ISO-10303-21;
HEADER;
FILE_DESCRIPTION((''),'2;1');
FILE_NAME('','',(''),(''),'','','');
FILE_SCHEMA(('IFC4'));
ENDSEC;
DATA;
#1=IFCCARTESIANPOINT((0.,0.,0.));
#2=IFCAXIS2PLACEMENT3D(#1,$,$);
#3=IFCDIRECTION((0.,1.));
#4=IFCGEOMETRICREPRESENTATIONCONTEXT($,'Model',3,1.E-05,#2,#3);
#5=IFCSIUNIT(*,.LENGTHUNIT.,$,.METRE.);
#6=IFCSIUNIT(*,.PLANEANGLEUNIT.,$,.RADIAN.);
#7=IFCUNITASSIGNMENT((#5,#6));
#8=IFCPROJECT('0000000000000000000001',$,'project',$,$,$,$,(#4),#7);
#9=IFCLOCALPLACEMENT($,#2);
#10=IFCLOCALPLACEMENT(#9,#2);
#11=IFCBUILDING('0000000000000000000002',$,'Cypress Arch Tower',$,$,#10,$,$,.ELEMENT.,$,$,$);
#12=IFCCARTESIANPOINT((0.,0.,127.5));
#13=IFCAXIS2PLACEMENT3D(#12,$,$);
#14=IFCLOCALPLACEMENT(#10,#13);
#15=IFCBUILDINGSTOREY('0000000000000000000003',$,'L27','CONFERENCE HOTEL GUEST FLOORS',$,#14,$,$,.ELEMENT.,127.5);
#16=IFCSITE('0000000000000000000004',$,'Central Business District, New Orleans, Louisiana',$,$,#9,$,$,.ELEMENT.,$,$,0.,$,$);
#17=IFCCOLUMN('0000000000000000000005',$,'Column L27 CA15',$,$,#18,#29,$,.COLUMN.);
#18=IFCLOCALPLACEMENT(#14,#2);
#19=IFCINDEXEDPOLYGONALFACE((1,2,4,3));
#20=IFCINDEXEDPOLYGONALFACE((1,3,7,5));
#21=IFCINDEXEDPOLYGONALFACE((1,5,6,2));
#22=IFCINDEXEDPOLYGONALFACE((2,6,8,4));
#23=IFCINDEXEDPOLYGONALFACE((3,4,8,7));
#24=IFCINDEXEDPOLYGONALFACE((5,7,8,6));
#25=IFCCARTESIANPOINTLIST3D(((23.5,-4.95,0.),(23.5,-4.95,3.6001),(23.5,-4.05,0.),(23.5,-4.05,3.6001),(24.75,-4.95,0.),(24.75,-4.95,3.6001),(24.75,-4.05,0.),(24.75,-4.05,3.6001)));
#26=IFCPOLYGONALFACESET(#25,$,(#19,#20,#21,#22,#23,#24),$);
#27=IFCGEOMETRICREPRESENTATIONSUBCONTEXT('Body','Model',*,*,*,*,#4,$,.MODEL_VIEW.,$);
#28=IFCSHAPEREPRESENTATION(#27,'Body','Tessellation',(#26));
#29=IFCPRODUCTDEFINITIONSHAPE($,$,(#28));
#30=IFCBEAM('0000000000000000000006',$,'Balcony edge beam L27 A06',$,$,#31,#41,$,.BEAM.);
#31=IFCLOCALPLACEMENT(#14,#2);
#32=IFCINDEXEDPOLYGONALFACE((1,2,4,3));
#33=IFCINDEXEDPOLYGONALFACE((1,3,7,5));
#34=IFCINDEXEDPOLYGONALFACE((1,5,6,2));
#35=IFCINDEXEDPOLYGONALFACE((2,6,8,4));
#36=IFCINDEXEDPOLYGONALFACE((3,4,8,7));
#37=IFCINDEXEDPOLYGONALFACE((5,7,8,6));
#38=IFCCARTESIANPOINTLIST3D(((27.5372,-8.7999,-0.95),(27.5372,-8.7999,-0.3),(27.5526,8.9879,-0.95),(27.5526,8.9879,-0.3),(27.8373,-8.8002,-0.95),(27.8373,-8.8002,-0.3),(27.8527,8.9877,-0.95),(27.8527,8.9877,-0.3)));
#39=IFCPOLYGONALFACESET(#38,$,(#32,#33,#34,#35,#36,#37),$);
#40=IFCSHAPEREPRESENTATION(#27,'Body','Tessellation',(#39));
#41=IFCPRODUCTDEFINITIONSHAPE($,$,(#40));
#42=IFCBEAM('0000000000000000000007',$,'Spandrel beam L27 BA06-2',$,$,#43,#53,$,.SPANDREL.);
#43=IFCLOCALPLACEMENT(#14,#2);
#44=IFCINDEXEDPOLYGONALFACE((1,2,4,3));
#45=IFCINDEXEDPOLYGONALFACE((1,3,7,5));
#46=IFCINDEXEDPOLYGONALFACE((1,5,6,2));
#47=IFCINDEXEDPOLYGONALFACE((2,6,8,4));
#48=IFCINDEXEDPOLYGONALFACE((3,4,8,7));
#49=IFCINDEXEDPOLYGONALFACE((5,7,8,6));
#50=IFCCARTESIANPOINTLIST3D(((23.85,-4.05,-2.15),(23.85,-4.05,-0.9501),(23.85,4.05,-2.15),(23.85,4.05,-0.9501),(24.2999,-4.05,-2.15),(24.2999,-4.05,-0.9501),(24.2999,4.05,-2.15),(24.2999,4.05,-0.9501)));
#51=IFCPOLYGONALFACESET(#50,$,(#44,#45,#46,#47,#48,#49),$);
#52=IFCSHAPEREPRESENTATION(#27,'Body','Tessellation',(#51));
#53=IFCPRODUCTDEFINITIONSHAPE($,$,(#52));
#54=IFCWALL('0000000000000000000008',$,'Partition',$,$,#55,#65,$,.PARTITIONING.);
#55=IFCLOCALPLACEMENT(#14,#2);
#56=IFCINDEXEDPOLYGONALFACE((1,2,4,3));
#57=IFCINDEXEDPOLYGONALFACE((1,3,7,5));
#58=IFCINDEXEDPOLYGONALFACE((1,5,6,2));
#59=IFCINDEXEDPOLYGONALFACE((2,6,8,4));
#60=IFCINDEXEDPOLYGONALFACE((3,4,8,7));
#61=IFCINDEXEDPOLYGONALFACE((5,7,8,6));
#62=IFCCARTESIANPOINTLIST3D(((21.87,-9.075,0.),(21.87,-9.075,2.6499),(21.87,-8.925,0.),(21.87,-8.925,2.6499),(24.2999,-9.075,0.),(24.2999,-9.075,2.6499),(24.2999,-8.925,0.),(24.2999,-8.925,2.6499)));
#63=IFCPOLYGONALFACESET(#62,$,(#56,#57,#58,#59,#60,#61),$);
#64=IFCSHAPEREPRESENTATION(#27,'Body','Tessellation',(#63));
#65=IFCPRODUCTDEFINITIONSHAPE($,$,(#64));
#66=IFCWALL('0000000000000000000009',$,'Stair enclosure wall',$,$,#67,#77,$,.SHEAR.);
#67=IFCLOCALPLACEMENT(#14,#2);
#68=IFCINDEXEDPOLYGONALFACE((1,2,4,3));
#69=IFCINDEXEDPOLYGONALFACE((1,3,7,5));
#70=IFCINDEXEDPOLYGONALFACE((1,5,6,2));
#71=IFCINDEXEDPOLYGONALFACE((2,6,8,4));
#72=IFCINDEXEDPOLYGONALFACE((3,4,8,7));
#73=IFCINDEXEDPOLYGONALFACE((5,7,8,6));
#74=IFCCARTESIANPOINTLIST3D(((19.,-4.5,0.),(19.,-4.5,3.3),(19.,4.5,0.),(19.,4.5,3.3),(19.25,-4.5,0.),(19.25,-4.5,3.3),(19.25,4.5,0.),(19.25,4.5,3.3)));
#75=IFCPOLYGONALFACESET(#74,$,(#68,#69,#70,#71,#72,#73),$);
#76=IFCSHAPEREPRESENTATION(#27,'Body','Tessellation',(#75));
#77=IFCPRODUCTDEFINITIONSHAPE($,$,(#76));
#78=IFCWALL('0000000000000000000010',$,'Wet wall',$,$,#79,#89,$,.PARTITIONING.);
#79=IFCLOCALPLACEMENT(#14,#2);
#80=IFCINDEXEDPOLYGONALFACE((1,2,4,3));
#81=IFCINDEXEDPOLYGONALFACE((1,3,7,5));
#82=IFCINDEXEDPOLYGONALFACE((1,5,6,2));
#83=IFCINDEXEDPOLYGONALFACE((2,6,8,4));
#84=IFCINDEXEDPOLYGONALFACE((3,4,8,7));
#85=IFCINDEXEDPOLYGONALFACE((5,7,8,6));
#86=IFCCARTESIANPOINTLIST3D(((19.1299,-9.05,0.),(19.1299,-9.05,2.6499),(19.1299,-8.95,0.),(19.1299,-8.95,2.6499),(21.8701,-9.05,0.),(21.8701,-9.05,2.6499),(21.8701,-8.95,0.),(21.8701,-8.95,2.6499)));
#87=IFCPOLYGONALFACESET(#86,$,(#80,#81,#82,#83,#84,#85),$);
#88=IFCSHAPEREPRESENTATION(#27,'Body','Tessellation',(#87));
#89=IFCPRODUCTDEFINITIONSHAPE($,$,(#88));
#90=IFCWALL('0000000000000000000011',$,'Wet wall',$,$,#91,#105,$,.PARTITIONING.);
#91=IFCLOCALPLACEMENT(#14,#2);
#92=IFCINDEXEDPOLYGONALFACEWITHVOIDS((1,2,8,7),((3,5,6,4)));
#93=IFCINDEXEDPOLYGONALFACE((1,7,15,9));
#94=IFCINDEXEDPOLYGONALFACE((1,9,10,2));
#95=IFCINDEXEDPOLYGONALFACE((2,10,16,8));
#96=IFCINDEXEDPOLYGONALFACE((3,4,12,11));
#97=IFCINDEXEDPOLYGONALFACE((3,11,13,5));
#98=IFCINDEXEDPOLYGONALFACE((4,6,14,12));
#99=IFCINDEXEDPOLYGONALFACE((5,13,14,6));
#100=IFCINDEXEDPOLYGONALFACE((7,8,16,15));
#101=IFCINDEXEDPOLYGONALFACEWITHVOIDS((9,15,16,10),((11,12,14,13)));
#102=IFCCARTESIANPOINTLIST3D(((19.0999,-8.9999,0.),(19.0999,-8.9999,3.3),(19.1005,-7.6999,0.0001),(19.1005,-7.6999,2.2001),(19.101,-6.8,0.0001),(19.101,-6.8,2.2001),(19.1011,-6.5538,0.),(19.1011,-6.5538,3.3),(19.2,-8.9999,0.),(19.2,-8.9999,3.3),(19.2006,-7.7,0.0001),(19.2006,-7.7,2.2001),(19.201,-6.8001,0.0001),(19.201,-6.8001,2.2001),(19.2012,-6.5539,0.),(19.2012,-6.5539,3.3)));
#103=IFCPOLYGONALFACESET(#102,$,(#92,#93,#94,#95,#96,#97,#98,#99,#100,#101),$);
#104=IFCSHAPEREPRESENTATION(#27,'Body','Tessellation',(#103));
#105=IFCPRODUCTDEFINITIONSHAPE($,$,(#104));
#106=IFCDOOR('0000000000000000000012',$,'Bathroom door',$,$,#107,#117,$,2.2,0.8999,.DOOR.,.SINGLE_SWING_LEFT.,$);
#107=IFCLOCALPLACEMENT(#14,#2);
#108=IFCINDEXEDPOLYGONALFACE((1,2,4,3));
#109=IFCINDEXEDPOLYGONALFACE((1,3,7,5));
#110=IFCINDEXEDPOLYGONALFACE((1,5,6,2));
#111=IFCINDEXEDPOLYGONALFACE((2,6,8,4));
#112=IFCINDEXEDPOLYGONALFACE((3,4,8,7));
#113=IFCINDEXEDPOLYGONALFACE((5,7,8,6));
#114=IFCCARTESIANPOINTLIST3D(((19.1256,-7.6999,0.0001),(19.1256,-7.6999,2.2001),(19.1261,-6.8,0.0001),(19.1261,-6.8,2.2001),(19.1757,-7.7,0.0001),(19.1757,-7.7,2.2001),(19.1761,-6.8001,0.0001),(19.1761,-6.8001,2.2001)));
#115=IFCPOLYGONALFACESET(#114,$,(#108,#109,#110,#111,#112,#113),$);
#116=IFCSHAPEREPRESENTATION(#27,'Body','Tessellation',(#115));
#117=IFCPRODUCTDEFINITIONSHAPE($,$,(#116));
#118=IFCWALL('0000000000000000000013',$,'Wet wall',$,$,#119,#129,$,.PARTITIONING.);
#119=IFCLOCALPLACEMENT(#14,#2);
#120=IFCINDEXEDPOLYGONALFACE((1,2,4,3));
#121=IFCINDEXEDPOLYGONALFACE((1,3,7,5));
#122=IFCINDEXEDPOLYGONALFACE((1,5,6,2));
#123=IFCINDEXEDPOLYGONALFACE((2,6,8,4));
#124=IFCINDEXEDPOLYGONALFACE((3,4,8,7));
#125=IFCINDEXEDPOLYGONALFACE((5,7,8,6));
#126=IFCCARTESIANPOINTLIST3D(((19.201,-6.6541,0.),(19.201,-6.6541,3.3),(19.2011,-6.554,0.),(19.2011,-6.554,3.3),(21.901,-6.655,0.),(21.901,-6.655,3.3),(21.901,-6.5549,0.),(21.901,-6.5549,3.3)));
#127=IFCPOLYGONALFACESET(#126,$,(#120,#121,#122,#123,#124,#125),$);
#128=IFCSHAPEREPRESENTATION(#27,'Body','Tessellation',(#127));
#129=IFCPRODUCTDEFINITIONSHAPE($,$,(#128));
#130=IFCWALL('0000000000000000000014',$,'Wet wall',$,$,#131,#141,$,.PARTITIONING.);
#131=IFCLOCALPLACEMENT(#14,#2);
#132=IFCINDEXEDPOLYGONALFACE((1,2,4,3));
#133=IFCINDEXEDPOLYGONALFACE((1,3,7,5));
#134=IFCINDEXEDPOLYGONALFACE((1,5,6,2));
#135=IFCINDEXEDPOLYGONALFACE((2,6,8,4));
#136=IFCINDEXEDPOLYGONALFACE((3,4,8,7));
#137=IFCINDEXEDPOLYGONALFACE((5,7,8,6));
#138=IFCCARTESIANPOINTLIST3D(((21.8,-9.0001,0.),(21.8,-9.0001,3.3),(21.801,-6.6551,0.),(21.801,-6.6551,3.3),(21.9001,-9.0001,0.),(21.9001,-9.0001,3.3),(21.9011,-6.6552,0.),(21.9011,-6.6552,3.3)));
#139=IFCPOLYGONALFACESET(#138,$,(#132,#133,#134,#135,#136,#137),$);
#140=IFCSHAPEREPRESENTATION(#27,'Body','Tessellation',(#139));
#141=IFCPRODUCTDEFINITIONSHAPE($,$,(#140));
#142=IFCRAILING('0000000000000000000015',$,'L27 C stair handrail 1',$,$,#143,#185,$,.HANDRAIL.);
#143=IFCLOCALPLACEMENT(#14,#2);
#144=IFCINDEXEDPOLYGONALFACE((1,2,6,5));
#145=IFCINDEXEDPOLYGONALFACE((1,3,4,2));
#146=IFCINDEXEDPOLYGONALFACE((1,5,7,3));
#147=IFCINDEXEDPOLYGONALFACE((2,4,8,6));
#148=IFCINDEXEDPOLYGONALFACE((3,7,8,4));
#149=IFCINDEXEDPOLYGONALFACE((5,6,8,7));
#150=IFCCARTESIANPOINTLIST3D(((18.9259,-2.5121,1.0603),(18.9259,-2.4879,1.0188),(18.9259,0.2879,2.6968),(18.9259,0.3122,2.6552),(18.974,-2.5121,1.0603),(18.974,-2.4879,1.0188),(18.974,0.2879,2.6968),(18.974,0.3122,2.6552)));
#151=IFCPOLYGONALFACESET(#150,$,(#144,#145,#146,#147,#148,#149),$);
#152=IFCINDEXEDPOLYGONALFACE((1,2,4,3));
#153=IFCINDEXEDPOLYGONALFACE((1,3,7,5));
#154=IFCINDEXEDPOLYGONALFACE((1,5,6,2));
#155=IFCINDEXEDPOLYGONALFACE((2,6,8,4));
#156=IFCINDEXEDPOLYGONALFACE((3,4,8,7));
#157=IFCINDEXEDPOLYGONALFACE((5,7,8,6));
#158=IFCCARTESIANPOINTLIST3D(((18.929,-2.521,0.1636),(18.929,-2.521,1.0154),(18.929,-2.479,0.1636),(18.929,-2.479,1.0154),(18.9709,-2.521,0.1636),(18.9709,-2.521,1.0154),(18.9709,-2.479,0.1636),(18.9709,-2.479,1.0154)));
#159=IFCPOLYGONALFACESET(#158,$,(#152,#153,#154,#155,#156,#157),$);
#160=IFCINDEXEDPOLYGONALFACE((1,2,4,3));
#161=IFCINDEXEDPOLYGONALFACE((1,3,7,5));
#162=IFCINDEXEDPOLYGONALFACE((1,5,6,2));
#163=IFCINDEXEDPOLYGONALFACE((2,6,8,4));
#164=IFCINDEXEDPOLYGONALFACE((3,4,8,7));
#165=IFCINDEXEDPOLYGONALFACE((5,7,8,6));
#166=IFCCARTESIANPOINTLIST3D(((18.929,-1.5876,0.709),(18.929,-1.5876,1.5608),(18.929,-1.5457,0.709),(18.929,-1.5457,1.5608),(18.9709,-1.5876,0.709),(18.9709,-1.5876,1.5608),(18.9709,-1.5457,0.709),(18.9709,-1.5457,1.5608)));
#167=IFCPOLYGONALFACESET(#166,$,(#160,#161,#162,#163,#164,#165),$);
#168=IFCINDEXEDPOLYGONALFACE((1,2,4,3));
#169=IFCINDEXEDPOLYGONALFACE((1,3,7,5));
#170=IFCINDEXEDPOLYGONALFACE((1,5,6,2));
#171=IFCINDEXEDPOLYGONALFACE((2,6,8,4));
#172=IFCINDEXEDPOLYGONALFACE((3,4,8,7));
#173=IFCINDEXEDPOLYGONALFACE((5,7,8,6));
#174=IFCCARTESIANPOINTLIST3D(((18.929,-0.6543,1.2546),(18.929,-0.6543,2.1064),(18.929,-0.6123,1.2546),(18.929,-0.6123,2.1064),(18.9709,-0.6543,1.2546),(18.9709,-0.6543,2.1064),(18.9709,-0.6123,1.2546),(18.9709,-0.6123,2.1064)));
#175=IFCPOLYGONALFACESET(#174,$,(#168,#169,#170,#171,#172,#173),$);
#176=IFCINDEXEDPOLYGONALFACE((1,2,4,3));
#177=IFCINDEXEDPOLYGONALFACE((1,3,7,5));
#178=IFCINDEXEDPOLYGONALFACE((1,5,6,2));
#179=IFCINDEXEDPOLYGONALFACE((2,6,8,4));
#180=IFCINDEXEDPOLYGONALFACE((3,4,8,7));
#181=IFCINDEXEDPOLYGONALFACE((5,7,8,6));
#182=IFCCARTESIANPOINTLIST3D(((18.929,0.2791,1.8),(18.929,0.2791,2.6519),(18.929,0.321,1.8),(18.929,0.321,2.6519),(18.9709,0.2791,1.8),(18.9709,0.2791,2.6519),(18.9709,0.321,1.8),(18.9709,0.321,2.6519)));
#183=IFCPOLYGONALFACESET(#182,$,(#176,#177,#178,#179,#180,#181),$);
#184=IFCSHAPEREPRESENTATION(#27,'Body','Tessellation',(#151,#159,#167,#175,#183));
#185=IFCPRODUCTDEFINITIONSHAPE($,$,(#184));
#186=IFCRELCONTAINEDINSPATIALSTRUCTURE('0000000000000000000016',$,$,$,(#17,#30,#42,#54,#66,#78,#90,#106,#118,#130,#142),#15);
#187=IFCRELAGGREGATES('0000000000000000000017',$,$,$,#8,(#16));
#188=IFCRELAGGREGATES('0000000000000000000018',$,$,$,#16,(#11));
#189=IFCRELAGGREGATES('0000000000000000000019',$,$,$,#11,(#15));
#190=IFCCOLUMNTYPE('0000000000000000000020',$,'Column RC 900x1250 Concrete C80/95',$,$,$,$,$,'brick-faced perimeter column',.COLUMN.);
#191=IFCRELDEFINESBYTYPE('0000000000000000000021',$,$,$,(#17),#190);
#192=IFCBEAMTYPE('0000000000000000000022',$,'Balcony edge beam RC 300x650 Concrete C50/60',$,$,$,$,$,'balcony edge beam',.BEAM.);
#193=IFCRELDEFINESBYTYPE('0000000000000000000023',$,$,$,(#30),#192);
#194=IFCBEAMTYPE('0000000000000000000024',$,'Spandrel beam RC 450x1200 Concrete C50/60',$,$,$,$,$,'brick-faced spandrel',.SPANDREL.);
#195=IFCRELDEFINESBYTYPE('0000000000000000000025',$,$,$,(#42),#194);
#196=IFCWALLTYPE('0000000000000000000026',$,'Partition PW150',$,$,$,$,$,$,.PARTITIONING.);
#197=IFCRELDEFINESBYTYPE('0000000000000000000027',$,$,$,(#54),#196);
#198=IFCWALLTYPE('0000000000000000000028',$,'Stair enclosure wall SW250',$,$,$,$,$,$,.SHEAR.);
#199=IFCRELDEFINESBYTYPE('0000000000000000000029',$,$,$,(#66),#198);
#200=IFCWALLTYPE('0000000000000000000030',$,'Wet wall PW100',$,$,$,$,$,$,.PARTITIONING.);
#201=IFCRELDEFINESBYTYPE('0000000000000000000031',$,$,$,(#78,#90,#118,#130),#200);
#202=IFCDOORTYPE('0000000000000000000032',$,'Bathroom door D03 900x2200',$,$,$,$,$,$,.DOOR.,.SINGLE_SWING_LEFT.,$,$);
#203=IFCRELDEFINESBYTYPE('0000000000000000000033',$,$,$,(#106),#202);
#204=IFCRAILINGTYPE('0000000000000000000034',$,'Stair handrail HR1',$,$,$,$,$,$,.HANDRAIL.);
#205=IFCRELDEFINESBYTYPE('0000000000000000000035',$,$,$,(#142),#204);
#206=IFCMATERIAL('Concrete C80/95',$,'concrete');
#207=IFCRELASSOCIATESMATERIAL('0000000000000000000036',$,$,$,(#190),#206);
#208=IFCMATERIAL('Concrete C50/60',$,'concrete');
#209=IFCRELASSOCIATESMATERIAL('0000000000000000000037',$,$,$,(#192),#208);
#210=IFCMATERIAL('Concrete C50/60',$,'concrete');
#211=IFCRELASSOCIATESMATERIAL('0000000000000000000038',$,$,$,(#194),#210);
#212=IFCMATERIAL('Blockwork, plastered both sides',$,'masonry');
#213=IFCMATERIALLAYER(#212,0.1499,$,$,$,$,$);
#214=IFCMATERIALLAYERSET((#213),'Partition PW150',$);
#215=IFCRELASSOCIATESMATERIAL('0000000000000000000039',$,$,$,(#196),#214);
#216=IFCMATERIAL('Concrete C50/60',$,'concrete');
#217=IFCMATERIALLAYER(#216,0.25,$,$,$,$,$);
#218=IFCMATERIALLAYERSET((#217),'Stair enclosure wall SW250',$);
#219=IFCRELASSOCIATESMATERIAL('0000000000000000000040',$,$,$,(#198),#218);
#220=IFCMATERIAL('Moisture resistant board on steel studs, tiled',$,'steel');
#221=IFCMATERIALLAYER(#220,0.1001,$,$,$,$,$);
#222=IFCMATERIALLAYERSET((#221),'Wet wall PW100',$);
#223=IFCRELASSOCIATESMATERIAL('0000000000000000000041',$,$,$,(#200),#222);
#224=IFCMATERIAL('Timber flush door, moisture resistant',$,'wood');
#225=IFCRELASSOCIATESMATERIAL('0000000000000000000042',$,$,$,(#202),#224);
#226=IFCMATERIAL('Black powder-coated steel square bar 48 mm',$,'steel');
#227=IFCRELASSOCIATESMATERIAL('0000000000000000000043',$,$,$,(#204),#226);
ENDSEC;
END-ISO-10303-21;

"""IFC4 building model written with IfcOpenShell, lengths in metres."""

from ifc_helpers import new_model, si_unit, direction, frame, frame_2d, origin, origin_2d, place, context, subcontext, project, spatial, rectangle, extrude, material, layer, layer_set, material_profile, profile_set, type_object, element, fill, save


model = new_model("IFC4")

# Units and contexts
model_context = context("Model", 3, precision=1e-05, world=origin(), true_north=direction((0.0, 1.0)))
body_context = subcontext(model_context, "Body", "Model", "MODEL_VIEW")
ifc_project = project(units=[si_unit("LENGTHUNIT", "METRE"), si_unit("PLANEANGLEUNIT", "RADIAN")], contexts=[model_context])

# Site, building, storey
site_placement = place(None, origin())
site = spatial("IfcSite", under=ifc_project, at=site_placement, Name="Central Business District, New Orleans, Louisiana", CompositionType="ELEMENT", RefElevation=0.0)
building_placement = place(site_placement, origin())
building = spatial("IfcBuilding", under=site, at=building_placement, Name="Cypress Arch Tower", CompositionType="ELEMENT")
storey_placement = place(building_placement, frame((0.0, 0.0, 127.5)))
storey = spatial("IfcBuildingStorey", under=building, at=storey_placement, Name="L27", Description="CONFERENCE HOTEL GUEST FLOORS", CompositionType="ELEMENT", Elevation=127.5)

# Column
ifc_material_1 = material(Name="Concrete C80/95", Category="concrete")
ifc_material_profile_1 = material_profile(ifc_material_1, rectangle(XDim=0.8999, YDim=1.25, at=origin_2d()), Name="RC 900x1250")
ifc_profile_set_1 = profile_set([ifc_material_profile_1], Name="Concrete C80/95")
column_type = type_object("IfcColumnType", Name="Column RC 900x1250 Concrete C80/95", ElementType="brick-faced perimeter column", PredefinedType="COLUMN", material=ifc_profile_set_1)
column_placement = place(storey_placement, frame((24.125, -4.5, 0.0), z_axis=(0.0, 0.0, 1.0), x_axis=(0.0, 1.0, 0.0)))
element("IfcColumn", 1, at=column_placement, inside=storey, type_object=column_type, Name="Column L27 CA15", PredefinedType="COLUMN", context=body_context, shape_type="SweptSolid", body=[
    extrude(rectangle(XDim=0.8999, YDim=1.25, at=origin_2d()), origin(), (0.0, 0.0, 1.0), 3.6001),
])

# Beams
ifc_material_2 = material(Name="Concrete C50/60", Category="concrete")
ifc_material_profile_2 = material_profile(ifc_material_2, rectangle(XDim=0.3, YDim=0.6499, at=origin_2d()), Name="RC 300x650")
ifc_profile_set_2 = profile_set([ifc_material_profile_2], Name="Concrete C50/60")
beam_type_1 = type_object("IfcBeamType", Name="Balcony edge beam RC 300x650 Concrete C50/60", ElementType="balcony edge beam", PredefinedType="BEAM", material=ifc_profile_set_2)
beam_1_placement = place(storey_placement, frame((27.6873, -8.8, -0.625), z_axis=(0.000865, 1.0, 0.0), x_axis=(-1.0, 0.000865, 0.0)))
element("IfcBeam", 2, at=beam_1_placement, inside=storey, type_object=beam_type_1, Name="Balcony edge beam L27 A06", PredefinedType="BEAM", context=body_context, shape_type="SweptSolid", body=[
    extrude(rectangle(XDim=0.3, YDim=0.6499, at=origin_2d()), origin(), (0.0, 0.0, 1.0), 17.7878),
])
ifc_material_3 = material(Name="Concrete C50/60", Category="concrete")
ifc_material_profile_3 = material_profile(ifc_material_3, rectangle(XDim=0.45, YDim=1.2, at=origin_2d()), Name="RC 450x1200")
ifc_profile_set_3 = profile_set([ifc_material_profile_3], Name="Concrete C50/60")
beam_type_2 = type_object("IfcBeamType", Name="Spandrel beam RC 450x1200 Concrete C50/60", ElementType="brick-faced spandrel", PredefinedType="SPANDREL", material=ifc_profile_set_3)
beam_2_placement = place(storey_placement, frame((24.075, -4.05, -1.55), z_axis=(0.0, 1.0, 0.0), x_axis=(-1.0, 0.0, 0.0)))
element("IfcBeam", 3, at=beam_2_placement, inside=storey, type_object=beam_type_2, Name="Spandrel beam L27 BA06-2", PredefinedType="SPANDREL", context=body_context, shape_type="SweptSolid", body=[
    extrude(rectangle(XDim=0.45, YDim=1.2, at=origin_2d()), origin(), (0.0, 0.0, 1.0), 8.1001),
])

# Walls
ifc_material_4 = material(Name="Blockwork, plastered both sides", Category="masonry")
ifc_layer_1 = layer(ifc_material_4, 0.1499)
ifc_layer_set_1 = layer_set([ifc_layer_1], Name="Partition PW150")
wall_type_1 = type_object("IfcWallType", Name="Partition PW150", PredefinedType="PARTITIONING", material=ifc_layer_set_1)
wall_1_placement = place(storey_placement, frame((21.8701, -9.0, 0.0), z_axis=(0.0, 0.0, 1.0), x_axis=(1.0, 0.0, 0.0)))
element("IfcWall", 4, at=wall_1_placement, inside=storey, type_object=wall_type_1, Name="Partition", PredefinedType="PARTITIONING", context=body_context, shape_type="SweptSolid", body=[
    extrude(rectangle(XDim=2.4299, YDim=0.1499, at=frame_2d((1.2148, 0.0))), origin(), (0.0, 0.0, 1.0), 2.6499),
])
ifc_material_5 = material(Name="Concrete C50/60", Category="concrete")
ifc_layer_2 = layer(ifc_material_5, 0.25)
ifc_layer_set_2 = layer_set([ifc_layer_2], Name="Stair enclosure wall SW250")
wall_type_2 = type_object("IfcWallType", Name="Stair enclosure wall SW250", PredefinedType="SHEAR", material=ifc_layer_set_2)
wall_2_placement = place(storey_placement, frame((19.125, -4.5, 0.0), z_axis=(0.0, 0.0, 1.0), x_axis=(0.0, 1.0, 0.0)))
element("IfcWall", 5, at=wall_2_placement, inside=storey, type_object=wall_type_2, Name="Stair enclosure wall", PredefinedType="SHEAR", context=body_context, shape_type="SweptSolid", body=[
    extrude(rectangle(XDim=9.0, YDim=0.25, at=frame_2d((4.5, 0.0))), origin(), (0.0, 0.0, 1.0), 3.3),
])
ifc_material_6 = material(Name="Moisture resistant board on steel studs, tiled", Category="steel")
ifc_layer_3 = layer(ifc_material_6, 0.1001)
ifc_layer_set_3 = layer_set([ifc_layer_3], Name="Wet wall PW100")
wall_type_3 = type_object("IfcWallType", Name="Wet wall PW100", PredefinedType="PARTITIONING", material=ifc_layer_set_3)
wall_3_placement = place(storey_placement, frame((19.1299, -9.0, 0.0), z_axis=(0.0, 0.0, 1.0), x_axis=(1.0, 0.0, 0.0)))
element("IfcWall", 6, at=wall_3_placement, inside=storey, type_object=wall_type_3, Name="Wet wall", PredefinedType="PARTITIONING", context=body_context, shape_type="SweptSolid", body=[
    extrude(rectangle(XDim=2.7402, YDim=0.1001, at=frame_2d((1.3701, 0.0))), origin(), (0.0, 0.0, 1.0), 2.6499),
])

# Wall, opening, door
wall_4_placement = place(storey_placement, frame((19.1499, -9.0, 0.0), z_axis=(0.0, 0.0, 1.0), x_axis=(0.000499, 1.0, 0.0)))
wall_4 = element("IfcWall", 7, at=wall_4_placement, inside=storey, type_object=wall_type_3, Name="Wet wall", PredefinedType="PARTITIONING", context=body_context, shape_type="SweptSolid", body=[
    extrude(rectangle(XDim=2.446, YDim=0.1001, at=frame_2d((1.2231, 0.0))), origin(), (0.0, 0.0, 1.0), 3.3),
])
opening_1_placement = place(wall_4_placement, frame((1.3, 0.0, 0.0)))
opening_1 = element("IfcOpeningElement", 8, at=opening_1_placement, cuts=wall_4, PredefinedType="OPENING", context=body_context, shape_type="SweptSolid", body=[
    extrude(rectangle(XDim=0.8999, YDim=2.2, at=frame_2d((0.45, 1.1001))), frame((0.0, 0.0601, 0.0), z_axis=(0.0, -1.0, 0.0), x_axis=(1.0, 0.0, 0.0)), (0.0, 0.0, 1.0), 0.1201),
])
ifc_material_7 = material(Name="Timber flush door, moisture resistant", Category="wood")
door_type_1 = type_object("IfcDoorType", Name="Bathroom door D03 900x2200", OperationType="SINGLE_SWING_LEFT", PredefinedType="DOOR", material=ifc_material_7)
door_1_placement = place(opening_1_placement, origin())
door_1 = element("IfcDoor", 9, at=door_1_placement, inside=storey, type_object=door_type_1, Name="Bathroom door", OperationType="SINGLE_SWING_LEFT", OverallHeight=2.2, OverallWidth=0.8999, PredefinedType="DOOR", context=body_context, shape_type="SweptSolid", body=[
    extrude(rectangle(XDim=0.8999, YDim=2.2, at=frame_2d((0.45, 1.1001))), frame((0.0, 0.0249, 0.0), z_axis=(0.0, -1.0, 0.0), x_axis=(1.0, 0.0, 0.0)), (0.0, 0.0, 1.0), 0.05),
])
fill(opening_1, door_1)

# Walls
wall_5_placement = place(storey_placement, frame((19.2009, -6.604, 0.0), z_axis=(0.0, 0.0, 1.0), x_axis=(1.0, -0.000362, 0.0)))
element("IfcWall", 10, at=wall_5_placement, inside=storey, type_object=wall_type_3, Name="Wet wall", PredefinedType="PARTITIONING", context=body_context, shape_type="SweptSolid", body=[
    extrude(rectangle(XDim=2.7, YDim=0.1001, at=frame_2d((1.3501, 0.0))), origin(), (0.0, 0.0, 1.0), 3.3),
])
wall_6_placement = place(storey_placement, frame((21.8501, -9.0, 0.0), z_axis=(0.0, 0.0, 1.0), x_axis=(0.000416, 1.0, 0.0)))
element("IfcWall", 11, at=wall_6_placement, inside=storey, type_object=wall_type_3, Name="Wet wall", PredefinedType="PARTITIONING", context=body_context, shape_type="SweptSolid", body=[
    extrude(rectangle(XDim=2.345, YDim=0.1001, at=frame_2d((1.1724, 0.0))), origin(), (0.0, 0.0, 1.0), 3.3),
])

# Railing
ifc_material_8 = material(Name="Black powder-coated steel square bar 48 mm", Category="steel")
railing_type_1 = type_object("IfcRailingType", Name="Stair handrail HR1", PredefinedType="HANDRAIL", material=ifc_material_8)
railing_1_placement = place(storey_placement, frame((18.95, -2.5, 0.1636)))
element("IfcRailing", 12, at=railing_1_placement, inside=storey, type_object=railing_type_1, Name="L27 C stair handrail 1", PredefinedType="HANDRAIL", context=body_context, shape_type="SweptSolid", body=[
    extrude(rectangle(XDim=0.0481, YDim=0.0481, at=origin_2d()), frame((0.0, 0.0, 0.876), z_axis=(0.0, 0.863361, 0.504587), x_axis=(-1.0, 0.0, 0.0)), (0.0, 0.0, 1.0), 3.2432),
    extrude(rectangle(XDim=0.042, YDim=0.042, at=origin_2d()), origin(), (0.0, 0.0, 1.0), 0.8518),
    extrude(rectangle(XDim=0.042, YDim=0.042, at=origin_2d()), frame((0.0, 0.9333, 0.5454)), (0.0, 0.0, 1.0), 0.8518),
    extrude(rectangle(XDim=0.042, YDim=0.042, at=origin_2d()), frame((0.0, 1.8667, 1.0911)), (0.0, 0.0, 1.0), 0.8518),
    extrude(rectangle(XDim=0.042, YDim=0.042, at=origin_2d()), frame((0.0, 2.8, 1.6365)), (0.0, 0.0, 1.0), 0.8518),
])

save(model, "model.ifc")
